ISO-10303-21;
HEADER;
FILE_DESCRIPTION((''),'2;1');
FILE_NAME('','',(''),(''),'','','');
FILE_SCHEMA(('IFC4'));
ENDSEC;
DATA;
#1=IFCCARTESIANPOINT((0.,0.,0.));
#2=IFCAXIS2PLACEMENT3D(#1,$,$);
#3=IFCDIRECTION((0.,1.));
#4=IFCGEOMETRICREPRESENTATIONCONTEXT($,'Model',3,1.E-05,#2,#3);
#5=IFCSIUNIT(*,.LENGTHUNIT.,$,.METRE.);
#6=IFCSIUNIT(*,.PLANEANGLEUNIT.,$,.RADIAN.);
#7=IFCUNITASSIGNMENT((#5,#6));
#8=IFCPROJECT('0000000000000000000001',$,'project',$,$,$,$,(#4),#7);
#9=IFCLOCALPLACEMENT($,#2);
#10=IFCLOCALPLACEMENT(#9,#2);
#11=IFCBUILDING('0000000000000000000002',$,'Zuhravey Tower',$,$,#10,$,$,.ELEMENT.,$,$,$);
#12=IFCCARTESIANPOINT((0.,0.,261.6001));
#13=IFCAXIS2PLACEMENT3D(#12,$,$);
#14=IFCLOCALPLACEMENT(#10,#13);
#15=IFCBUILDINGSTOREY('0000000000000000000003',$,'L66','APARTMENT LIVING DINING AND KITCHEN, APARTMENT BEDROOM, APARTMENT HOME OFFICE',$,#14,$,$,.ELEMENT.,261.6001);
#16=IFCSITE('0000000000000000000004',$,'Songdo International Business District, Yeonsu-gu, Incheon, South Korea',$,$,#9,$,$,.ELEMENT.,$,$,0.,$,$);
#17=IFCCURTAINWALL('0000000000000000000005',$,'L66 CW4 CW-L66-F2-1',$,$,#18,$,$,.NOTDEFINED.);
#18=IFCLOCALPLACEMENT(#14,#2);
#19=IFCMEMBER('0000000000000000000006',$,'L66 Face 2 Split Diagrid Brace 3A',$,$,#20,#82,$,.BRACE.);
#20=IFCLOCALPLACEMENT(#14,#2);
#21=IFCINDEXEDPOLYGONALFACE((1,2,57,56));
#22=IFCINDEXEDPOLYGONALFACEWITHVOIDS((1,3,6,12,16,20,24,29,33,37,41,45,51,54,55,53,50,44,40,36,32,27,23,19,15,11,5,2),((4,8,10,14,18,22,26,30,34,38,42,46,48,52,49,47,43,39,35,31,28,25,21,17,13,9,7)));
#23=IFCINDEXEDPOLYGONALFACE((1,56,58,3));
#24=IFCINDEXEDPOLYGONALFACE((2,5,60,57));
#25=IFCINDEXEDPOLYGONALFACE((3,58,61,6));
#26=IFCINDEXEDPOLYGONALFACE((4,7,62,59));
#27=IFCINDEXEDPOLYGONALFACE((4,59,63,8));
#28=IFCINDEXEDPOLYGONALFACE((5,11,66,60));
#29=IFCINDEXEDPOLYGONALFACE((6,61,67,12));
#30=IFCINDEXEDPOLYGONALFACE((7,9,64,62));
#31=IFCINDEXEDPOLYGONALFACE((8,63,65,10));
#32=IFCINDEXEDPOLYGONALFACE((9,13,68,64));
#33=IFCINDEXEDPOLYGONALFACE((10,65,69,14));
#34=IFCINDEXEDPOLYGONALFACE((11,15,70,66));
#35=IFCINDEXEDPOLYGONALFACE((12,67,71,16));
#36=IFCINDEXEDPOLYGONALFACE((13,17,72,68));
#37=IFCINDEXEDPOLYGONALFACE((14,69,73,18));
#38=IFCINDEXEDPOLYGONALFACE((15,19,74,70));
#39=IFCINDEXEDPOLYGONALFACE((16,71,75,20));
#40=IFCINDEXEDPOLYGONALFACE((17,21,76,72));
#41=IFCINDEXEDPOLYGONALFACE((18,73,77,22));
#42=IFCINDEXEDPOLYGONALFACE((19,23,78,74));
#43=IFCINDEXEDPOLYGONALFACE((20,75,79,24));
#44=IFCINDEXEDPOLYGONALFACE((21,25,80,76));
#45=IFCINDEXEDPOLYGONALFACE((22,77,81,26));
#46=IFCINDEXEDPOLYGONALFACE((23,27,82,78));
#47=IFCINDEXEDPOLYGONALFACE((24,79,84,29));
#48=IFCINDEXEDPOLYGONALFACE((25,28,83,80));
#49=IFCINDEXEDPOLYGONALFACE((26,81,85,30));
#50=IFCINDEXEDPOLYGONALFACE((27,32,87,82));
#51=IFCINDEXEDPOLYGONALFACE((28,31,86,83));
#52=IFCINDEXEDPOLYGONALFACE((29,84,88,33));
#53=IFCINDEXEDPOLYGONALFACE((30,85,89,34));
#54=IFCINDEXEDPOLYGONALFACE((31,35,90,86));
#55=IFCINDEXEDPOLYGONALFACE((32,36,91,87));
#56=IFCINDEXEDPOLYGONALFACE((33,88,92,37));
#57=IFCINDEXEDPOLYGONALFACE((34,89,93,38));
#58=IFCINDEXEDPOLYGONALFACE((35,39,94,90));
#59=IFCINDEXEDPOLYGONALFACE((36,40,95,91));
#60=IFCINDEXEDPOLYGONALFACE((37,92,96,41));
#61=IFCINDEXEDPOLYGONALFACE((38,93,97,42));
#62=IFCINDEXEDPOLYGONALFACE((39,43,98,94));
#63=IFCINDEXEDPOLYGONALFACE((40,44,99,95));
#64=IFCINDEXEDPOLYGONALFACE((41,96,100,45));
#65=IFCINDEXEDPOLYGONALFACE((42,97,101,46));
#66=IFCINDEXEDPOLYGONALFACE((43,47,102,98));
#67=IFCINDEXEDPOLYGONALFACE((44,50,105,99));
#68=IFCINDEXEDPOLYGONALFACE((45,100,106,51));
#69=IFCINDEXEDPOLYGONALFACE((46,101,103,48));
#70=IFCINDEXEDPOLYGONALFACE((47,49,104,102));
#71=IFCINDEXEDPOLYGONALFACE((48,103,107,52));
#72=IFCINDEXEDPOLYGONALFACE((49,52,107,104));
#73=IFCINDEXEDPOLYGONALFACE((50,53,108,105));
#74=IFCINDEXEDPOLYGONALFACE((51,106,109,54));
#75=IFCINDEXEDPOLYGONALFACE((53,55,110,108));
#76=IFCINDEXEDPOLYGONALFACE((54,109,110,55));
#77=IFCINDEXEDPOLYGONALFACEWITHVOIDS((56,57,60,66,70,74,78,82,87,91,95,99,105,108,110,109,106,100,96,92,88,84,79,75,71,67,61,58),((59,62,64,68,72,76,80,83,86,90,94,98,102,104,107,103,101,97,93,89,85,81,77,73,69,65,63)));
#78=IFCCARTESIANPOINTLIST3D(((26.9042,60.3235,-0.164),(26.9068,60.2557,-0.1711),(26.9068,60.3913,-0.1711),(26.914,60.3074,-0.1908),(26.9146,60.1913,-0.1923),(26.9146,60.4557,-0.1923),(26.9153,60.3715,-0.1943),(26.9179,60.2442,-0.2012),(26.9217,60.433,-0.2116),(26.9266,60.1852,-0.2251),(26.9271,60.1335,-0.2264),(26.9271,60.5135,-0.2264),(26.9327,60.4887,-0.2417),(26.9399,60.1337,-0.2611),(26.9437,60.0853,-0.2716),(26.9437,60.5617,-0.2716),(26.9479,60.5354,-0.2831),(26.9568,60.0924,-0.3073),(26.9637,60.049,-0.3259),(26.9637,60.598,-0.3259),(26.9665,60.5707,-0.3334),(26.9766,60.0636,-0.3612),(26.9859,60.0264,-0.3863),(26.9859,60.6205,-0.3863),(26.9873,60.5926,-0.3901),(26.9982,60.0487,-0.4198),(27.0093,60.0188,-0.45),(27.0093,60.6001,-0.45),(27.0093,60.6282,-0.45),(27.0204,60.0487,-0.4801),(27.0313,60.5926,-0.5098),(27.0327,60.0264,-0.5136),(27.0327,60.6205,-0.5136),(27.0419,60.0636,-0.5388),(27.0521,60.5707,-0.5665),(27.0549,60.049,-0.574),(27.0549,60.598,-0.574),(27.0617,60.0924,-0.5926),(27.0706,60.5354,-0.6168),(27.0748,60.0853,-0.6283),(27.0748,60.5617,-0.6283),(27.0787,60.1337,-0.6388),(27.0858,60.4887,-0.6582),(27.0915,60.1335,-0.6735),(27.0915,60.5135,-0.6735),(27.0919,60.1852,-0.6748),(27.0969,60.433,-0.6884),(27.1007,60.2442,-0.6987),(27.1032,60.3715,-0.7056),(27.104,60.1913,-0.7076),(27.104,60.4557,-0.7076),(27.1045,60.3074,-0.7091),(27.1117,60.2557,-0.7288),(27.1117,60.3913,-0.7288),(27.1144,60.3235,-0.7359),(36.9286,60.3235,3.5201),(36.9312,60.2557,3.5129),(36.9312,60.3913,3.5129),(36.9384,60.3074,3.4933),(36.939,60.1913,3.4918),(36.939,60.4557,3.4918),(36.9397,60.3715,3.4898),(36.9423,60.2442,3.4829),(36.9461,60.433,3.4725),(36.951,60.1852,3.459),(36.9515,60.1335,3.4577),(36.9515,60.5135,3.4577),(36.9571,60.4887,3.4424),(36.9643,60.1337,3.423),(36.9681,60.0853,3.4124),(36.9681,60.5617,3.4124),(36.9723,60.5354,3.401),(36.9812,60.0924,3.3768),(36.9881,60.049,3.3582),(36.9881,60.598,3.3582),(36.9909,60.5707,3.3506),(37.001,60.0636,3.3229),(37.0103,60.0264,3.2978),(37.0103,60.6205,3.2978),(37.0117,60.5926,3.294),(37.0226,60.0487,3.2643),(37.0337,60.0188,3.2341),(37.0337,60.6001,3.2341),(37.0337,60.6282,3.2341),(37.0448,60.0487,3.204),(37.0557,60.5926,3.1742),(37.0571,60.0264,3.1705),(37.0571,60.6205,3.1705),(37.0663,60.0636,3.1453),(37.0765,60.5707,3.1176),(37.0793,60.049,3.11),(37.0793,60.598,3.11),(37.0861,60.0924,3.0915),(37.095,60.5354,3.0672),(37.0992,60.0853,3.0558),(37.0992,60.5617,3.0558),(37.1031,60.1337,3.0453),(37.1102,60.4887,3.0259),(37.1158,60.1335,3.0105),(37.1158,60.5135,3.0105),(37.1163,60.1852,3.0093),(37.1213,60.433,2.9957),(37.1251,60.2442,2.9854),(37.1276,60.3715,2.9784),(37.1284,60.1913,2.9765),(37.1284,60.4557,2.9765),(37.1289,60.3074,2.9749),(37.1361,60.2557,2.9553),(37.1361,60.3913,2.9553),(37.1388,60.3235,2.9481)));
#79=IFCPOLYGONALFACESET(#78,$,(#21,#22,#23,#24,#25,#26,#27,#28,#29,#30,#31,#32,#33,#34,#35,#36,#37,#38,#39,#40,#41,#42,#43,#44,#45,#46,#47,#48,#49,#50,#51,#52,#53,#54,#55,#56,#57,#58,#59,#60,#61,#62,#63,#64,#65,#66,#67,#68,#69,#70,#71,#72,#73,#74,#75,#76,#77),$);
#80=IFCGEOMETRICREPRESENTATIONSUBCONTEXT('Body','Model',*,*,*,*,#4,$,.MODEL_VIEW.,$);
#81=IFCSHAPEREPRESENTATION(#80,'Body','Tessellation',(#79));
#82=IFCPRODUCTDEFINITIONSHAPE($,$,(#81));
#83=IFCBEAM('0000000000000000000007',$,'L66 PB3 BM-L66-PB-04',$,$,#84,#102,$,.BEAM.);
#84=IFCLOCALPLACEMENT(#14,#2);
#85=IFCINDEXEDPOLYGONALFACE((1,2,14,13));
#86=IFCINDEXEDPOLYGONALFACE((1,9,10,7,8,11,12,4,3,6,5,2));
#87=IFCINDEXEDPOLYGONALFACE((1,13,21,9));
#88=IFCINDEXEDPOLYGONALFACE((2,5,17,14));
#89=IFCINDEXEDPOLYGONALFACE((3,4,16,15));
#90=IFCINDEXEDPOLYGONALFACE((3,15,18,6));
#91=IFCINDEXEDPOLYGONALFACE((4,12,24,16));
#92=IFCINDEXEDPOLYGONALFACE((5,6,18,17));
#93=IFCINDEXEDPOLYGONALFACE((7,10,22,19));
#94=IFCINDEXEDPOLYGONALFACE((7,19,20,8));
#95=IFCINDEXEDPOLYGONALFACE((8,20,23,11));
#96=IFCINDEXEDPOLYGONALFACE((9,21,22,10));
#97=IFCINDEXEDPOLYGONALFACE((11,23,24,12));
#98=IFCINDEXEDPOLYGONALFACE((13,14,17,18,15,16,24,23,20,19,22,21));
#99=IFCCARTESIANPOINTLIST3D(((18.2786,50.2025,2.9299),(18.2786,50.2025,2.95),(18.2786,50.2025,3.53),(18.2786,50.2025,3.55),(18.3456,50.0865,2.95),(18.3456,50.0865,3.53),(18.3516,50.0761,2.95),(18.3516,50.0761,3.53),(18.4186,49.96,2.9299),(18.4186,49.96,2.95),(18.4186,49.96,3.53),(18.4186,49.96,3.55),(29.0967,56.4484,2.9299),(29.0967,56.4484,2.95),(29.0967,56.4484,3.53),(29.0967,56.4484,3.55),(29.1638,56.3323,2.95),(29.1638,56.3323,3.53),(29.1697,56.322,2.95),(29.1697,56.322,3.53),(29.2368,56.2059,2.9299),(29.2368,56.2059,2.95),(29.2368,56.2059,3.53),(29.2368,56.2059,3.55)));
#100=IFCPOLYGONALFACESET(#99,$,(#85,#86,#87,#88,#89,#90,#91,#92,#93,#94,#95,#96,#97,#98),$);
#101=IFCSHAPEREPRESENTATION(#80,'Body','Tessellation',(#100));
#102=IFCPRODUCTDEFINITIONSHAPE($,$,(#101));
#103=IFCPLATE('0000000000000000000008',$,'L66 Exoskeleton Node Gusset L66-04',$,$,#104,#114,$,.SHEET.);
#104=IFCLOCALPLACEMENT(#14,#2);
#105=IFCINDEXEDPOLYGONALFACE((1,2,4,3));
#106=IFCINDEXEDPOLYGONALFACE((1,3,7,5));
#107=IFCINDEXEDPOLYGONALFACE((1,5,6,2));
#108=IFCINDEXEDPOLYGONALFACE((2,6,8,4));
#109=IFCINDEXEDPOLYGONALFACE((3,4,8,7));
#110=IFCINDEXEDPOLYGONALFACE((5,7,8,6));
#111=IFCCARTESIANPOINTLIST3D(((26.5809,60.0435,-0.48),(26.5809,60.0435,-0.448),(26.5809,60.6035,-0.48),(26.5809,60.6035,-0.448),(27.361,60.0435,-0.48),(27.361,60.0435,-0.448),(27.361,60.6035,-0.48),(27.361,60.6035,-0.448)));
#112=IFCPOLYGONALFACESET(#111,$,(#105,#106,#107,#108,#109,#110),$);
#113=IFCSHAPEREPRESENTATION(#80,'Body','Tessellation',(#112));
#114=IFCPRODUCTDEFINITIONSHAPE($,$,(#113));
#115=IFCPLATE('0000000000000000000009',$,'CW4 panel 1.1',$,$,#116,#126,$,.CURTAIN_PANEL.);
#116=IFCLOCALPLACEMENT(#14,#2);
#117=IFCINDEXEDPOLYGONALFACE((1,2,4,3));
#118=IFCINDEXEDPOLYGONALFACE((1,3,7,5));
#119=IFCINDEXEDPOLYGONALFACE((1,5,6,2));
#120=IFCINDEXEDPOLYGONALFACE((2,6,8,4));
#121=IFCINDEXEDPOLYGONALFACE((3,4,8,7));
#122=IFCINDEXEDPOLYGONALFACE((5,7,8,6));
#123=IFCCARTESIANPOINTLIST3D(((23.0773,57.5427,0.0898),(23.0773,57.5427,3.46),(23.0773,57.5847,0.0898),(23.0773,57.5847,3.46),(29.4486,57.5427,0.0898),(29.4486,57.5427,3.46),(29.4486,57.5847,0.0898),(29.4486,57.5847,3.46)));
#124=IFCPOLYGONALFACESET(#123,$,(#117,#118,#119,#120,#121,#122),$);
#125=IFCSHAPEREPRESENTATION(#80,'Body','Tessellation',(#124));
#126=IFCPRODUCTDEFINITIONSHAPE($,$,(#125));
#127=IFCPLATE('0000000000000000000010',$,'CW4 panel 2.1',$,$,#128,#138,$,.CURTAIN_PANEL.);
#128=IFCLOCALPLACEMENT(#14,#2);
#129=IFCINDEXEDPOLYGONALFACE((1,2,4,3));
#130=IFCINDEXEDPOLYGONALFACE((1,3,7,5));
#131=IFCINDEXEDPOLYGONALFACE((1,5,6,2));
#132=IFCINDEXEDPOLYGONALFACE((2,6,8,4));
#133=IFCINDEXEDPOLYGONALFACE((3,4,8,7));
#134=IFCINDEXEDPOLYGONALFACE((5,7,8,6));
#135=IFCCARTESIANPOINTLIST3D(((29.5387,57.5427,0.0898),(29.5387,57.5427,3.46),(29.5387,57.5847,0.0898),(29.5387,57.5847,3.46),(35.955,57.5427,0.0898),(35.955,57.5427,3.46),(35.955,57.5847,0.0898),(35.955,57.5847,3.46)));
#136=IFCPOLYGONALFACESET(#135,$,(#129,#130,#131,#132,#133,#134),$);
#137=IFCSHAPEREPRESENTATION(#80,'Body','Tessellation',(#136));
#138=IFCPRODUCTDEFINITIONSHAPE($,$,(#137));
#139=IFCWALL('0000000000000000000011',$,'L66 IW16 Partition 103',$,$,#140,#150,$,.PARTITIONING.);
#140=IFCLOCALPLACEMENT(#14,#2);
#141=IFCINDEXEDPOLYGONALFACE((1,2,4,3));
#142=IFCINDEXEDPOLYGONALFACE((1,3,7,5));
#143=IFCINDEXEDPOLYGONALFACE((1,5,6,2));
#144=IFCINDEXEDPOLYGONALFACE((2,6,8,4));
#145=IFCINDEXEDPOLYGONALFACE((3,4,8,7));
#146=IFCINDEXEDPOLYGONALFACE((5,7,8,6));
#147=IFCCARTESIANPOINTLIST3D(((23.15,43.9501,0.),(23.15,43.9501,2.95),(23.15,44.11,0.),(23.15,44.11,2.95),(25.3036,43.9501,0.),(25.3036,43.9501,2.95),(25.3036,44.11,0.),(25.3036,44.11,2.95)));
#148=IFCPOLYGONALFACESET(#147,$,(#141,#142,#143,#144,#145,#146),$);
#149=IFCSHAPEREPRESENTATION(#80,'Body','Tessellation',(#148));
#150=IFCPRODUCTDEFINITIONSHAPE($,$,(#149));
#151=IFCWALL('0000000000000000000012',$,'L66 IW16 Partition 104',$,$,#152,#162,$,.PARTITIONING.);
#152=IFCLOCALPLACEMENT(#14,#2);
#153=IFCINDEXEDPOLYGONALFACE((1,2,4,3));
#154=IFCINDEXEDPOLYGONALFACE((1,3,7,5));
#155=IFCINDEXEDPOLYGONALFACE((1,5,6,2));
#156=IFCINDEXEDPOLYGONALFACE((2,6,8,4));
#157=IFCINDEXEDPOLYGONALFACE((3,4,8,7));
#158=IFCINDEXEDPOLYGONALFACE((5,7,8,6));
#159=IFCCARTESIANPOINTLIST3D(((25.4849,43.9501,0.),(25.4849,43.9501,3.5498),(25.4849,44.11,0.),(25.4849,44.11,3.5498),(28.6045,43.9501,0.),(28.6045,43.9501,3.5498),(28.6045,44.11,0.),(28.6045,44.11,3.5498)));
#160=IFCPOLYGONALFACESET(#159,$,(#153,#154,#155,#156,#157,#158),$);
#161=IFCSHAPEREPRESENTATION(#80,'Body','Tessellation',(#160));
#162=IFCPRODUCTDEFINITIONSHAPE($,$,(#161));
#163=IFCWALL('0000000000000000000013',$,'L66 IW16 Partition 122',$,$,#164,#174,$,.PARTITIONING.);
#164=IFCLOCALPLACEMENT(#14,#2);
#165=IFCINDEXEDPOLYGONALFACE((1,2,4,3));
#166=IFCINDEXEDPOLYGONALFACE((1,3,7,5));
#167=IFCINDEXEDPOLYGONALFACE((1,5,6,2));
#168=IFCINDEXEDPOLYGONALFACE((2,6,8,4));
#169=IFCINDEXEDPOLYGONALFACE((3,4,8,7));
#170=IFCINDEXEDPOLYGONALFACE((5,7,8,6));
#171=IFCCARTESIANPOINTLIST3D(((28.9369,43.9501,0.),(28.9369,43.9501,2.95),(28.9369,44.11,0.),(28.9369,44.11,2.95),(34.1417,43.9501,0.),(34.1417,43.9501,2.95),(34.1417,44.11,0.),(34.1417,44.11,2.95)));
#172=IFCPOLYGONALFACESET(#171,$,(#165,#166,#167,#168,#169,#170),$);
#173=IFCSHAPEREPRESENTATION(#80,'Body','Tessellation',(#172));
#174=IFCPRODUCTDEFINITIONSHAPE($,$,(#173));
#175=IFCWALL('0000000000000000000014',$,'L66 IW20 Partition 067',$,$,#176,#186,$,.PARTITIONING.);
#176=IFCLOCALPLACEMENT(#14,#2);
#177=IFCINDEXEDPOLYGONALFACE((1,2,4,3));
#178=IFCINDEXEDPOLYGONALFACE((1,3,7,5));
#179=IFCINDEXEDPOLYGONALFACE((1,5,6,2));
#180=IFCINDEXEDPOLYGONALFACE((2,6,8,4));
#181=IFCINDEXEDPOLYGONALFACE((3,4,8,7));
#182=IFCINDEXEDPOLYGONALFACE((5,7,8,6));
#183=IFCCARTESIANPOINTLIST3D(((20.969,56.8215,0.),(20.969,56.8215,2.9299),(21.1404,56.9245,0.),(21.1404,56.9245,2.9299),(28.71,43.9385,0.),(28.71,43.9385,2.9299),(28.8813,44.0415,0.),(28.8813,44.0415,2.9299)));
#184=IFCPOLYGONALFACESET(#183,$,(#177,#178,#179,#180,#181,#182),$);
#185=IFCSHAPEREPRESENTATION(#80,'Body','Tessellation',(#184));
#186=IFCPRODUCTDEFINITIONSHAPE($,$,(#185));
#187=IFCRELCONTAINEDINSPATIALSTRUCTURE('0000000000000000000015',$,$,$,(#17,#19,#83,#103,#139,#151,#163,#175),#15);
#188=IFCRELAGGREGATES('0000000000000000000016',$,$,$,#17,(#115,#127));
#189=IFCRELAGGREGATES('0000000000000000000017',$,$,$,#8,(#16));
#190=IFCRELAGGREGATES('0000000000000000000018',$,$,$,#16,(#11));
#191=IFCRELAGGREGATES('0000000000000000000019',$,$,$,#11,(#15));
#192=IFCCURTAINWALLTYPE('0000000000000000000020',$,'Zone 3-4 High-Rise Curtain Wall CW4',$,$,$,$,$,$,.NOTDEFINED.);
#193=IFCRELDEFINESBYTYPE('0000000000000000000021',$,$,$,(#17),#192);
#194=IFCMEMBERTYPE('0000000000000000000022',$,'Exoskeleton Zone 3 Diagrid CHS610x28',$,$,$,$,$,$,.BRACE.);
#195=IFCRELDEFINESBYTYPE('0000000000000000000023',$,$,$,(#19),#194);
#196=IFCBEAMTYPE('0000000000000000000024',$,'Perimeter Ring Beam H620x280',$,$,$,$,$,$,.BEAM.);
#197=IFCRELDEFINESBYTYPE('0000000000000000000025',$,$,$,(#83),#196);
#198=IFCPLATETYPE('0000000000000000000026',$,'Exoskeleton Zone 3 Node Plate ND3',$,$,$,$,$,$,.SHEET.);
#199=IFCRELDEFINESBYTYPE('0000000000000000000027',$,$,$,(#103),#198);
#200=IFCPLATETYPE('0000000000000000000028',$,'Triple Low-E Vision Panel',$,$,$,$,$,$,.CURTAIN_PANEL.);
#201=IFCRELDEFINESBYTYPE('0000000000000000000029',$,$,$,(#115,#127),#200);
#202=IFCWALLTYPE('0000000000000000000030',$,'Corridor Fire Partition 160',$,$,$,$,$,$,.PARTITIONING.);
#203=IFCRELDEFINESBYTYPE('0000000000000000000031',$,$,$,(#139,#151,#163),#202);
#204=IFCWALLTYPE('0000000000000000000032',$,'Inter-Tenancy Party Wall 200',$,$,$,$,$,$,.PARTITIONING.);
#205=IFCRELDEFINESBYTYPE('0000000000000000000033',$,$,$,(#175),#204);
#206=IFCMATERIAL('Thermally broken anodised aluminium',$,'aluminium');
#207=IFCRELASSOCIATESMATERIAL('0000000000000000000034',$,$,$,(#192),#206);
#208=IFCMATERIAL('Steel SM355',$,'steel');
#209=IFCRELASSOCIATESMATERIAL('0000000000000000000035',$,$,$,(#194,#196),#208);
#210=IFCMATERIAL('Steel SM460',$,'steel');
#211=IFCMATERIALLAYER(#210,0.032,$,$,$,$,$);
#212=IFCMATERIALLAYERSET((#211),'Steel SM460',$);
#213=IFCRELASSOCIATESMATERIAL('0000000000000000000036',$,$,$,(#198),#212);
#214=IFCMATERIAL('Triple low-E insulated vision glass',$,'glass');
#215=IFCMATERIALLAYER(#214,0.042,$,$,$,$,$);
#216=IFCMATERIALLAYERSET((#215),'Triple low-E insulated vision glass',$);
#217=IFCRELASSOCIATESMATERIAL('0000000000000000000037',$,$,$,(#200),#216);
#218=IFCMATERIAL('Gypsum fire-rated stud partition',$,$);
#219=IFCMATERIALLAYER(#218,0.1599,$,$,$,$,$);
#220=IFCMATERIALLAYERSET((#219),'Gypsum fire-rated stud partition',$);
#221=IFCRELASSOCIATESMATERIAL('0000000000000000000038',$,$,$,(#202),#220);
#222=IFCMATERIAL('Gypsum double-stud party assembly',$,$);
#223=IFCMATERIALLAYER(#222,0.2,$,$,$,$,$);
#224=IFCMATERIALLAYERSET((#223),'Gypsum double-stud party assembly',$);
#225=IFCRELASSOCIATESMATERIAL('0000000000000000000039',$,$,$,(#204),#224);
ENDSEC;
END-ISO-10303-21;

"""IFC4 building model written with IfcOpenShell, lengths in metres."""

from ifc_helpers import new_model, si_unit, direction, frame, frame_2d, origin, origin_2d, place, context, subcontext, project, spatial, rectangle, hollow_circle, i_section, extrude, material, layer, layer_set, material_profile, profile_set, type_object, element, aggregate, save


model = new_model("IFC4")

# Units and contexts
model_context = context("Model", 3, precision=1e-05, world=origin(), true_north=direction((0.0, 1.0)))
body_context = subcontext(model_context, "Body", "Model", "MODEL_VIEW")
ifc_project = project(units=[si_unit("LENGTHUNIT", "METRE"), si_unit("PLANEANGLEUNIT", "RADIAN")], contexts=[model_context])

# Site, building, storey
site_placement = place(None, origin())
site = spatial("IfcSite", under=ifc_project, at=site_placement, Name="Songdo International Business District, Yeonsu-gu, Incheon, South Korea", CompositionType="ELEMENT", RefElevation=0.0)
building_placement = place(site_placement, origin())
building = spatial("IfcBuilding", under=site, at=building_placement, Name="Zuhravey Tower", CompositionType="ELEMENT")
storey_placement = place(building_placement, frame((0.0, 0.0, 261.6001)))
storey = spatial("IfcBuildingStorey", under=building, at=storey_placement, Name="L66", Description="APARTMENT LIVING DINING AND KITCHEN, APARTMENT BEDROOM, APARTMENT HOME OFFICE", CompositionType="ELEMENT", Elevation=261.6001)

# Curtain wall
ifc_material_1 = material(Name="Thermally broken anodised aluminium", Category="aluminium")
curtain_wall_type = type_object("IfcCurtainWallType", Name="Zone 3-4 High-Rise Curtain Wall CW4", PredefinedType="NOTDEFINED", material=ifc_material_1)
curtain_wall_placement = place(storey_placement, origin())
curtain_wall = element("IfcCurtainWall", 1, at=curtain_wall_placement, inside=storey, type_object=curtain_wall_type, Name="L66 CW4 CW-L66-F2-1", PredefinedType="NOTDEFINED")

# Member
ifc_material_2 = material(Name="Steel SM355", Category="steel")
ifc_material_profile_1 = material_profile(ifc_material_2, hollow_circle(Radius=0.3047, WallThickness=0.0281, at=origin_2d()), Name="CHS-609.6x28")
ifc_profile_set_1 = profile_set([ifc_material_profile_1], Name="Steel SM355")
member_type_1 = type_object("IfcMemberType", Name="Exoskeleton Zone 3 Diagrid CHS610x28", PredefinedType="BRACE", material=ifc_profile_set_1)
member_1_placement = place(storey_placement, frame((27.0093, 60.3235, -0.45), z_axis=(0.93862, 0.0, 0.344953), x_axis=(0.0, 1.0, 0.0)))
element("IfcMember", 2, at=member_1_placement, inside=storey, type_object=member_type_1, Name="L66 Face 2 Split Diagrid Brace 3A", PredefinedType="BRACE", context=body_context, shape_type="SweptSolid", body=[
    extrude(hollow_circle(Radius=0.3047, WallThickness=0.0281, at=origin_2d()), origin(), (0.0, 0.0, 1.0), 10.6799),
])

# Beam
ifc_material_profile_2 = material_profile(ifc_material_2, i_section(OverallWidth=0.28, OverallDepth=0.6201, WebThickness=0.012, FlangeThickness=0.02, at=origin_2d()), Name="H-620x280x12x20")
ifc_profile_set_2 = profile_set([ifc_material_profile_2], Name="Steel SM355")
beam_type = type_object("IfcBeamType", Name="Perimeter Ring Beam H620x280", PredefinedType="BEAM", material=ifc_profile_set_2)
beam_placement = place(storey_placement, frame((29.1667, 56.3271, 3.24), z_axis=(-0.866025, -0.5, 0.0), x_axis=(0.5, -0.866025, 0.0)))
element("IfcBeam", 3, at=beam_placement, inside=storey, type_object=beam_type, Name="L66 PB3 BM-L66-PB-04", PredefinedType="BEAM", context=body_context, shape_type="SweptSolid", body=[
    extrude(i_section(OverallWidth=0.28, OverallDepth=0.6201, WebThickness=0.012, FlangeThickness=0.02, at=origin_2d()), origin(), (0.0, 0.0, 1.0), 12.4917),
])

# Plates
ifc_material_3 = material(Name="Steel SM460", Category="steel")
ifc_layer_1 = layer(ifc_material_3, 0.032)
ifc_layer_set_1 = layer_set([ifc_layer_1], Name="Steel SM460")
plate_type_1 = type_object("IfcPlateType", Name="Exoskeleton Zone 3 Node Plate ND3", PredefinedType="SHEET", material=ifc_layer_set_1)
plate_1_placement = place(storey_placement, frame((26.9709, 60.3235, -0.48), z_axis=(0.0, 0.0, 1.0), x_axis=(-1.0, 0.0, 0.0)))
element("IfcPlate", 4, at=plate_1_placement, inside=storey, type_object=plate_type_1, Name="L66 Exoskeleton Node Gusset L66-04", PredefinedType="SHEET", context=body_context, shape_type="SweptSolid", body=[
    extrude(rectangle(XDim=0.78, YDim=0.5601, at=origin_2d()), origin(), (0.0, 0.0, 1.0), 0.032),
])
ifc_material_4 = material(Name="Triple low-E insulated vision glass", Category="glass")
ifc_layer_2 = layer(ifc_material_4, 0.042)
ifc_layer_set_2 = layer_set([ifc_layer_2], Name="Triple low-E insulated vision glass")
plate_type_2 = type_object("IfcPlateType", Name="Triple Low-E Vision Panel", PredefinedType="CURTAIN_PANEL", material=ifc_layer_set_2)
plate_2_placement = place(storey_placement, frame((26.2629, 57.5637, 0.0898), z_axis=(0.0, 0.0, 1.0), x_axis=(1.0, 0.0, 0.0)))
plate_2 = element("IfcPlate", 5, at=plate_2_placement, type_object=plate_type_2, Name="CW4 panel 1.1", PredefinedType="CURTAIN_PANEL", context=body_context, shape_type="SweptSolid", body=[
    extrude(rectangle(XDim=6.3713, YDim=0.042, at=origin_2d()), origin(), (0.0, 0.0, 1.0), 3.3701),
])
plate_3_placement = place(storey_placement, frame((32.7468, 57.5637, 0.0898), z_axis=(0.0, 0.0, 1.0), x_axis=(1.0, 0.0, 0.0)))
plate_3 = element("IfcPlate", 6, at=plate_3_placement, type_object=plate_type_2, Name="CW4 panel 2.1", PredefinedType="CURTAIN_PANEL", context=body_context, shape_type="SweptSolid", body=[
    extrude(rectangle(XDim=6.4163, YDim=0.042, at=origin_2d()), origin(), (0.0, 0.0, 1.0), 3.3701),
])
aggregate(curtain_wall, [plate_2, plate_3])

# Walls
ifc_material_5 = material(Name="Gypsum fire-rated stud partition")
ifc_layer_3 = layer(ifc_material_5, 0.1599)
ifc_layer_set_3 = layer_set([ifc_layer_3], Name="Gypsum fire-rated stud partition")
wall_type_1 = type_object("IfcWallType", Name="Corridor Fire Partition 160", PredefinedType="PARTITIONING", material=ifc_layer_set_3)
wall_1_placement = place(storey_placement, frame((25.3035, 44.03, 0.0), z_axis=(0.0, 0.0, 1.0), x_axis=(-1.0, 0.0, 0.0)))
element("IfcWall", 7, at=wall_1_placement, inside=storey, type_object=wall_type_1, Name="L66 IW16 Partition 103", PredefinedType="PARTITIONING", context=body_context, shape_type="SweptSolid", body=[
    extrude(rectangle(XDim=2.1536, YDim=0.1599, at=frame_2d((1.0767, 0.0))), origin(), (0.0, 0.0, 1.0), 2.95),
])
wall_2_placement = place(storey_placement, frame((28.6045, 44.03, 0.0), z_axis=(0.0, 0.0, 1.0), x_axis=(-1.0, 0.0, 0.0)))
element("IfcWall", 8, at=wall_2_placement, inside=storey, type_object=wall_type_1, Name="L66 IW16 Partition 104", PredefinedType="PARTITIONING", context=body_context, shape_type="SweptSolid", body=[
    extrude(rectangle(XDim=3.1196, YDim=0.1599, at=frame_2d((1.5598, 0.0))), origin(), (0.0, 0.0, 1.0), 3.5498),
])
wall_3_placement = place(storey_placement, frame((34.1418, 44.03, 0.0), z_axis=(0.0, 0.0, 1.0), x_axis=(-1.0, 0.0, 0.0)))
element("IfcWall", 9, at=wall_3_placement, inside=storey, type_object=wall_type_1, Name="L66 IW16 Partition 122", PredefinedType="PARTITIONING", context=body_context, shape_type="SweptSolid", body=[
    extrude(rectangle(XDim=5.2048, YDim=0.1599, at=frame_2d((2.6025, 0.0))), origin(), (0.0, 0.0, 1.0), 2.95),
])
ifc_material_6 = material(Name="Gypsum double-stud party assembly")
ifc_layer_4 = layer(ifc_material_6, 0.2)
ifc_layer_set_4 = layer_set([ifc_layer_4], Name="Gypsum double-stud party assembly")
wall_type_2 = type_object("IfcWallType", Name="Inter-Tenancy Party Wall 200", PredefinedType="PARTITIONING", material=ifc_layer_set_4)
wall_4_placement = place(storey_placement, frame((28.7957, 43.99, 0.0), z_axis=(0.0, 0.0, 1.0), x_axis=(-0.51504, 0.857166, 0.0)))
element("IfcWall", 10, at=wall_4_placement, inside=storey, type_object=wall_type_2, Name="L66 IW20 Partition 067", PredefinedType="PARTITIONING", context=body_context, shape_type="SweptSolid", body=[
    extrude(rectangle(XDim=15.0298, YDim=0.2, at=frame_2d((7.5149, 0.0))), origin(), (0.0, 0.0, 1.0), 2.9299),
])

save(model, "model.ifc")
